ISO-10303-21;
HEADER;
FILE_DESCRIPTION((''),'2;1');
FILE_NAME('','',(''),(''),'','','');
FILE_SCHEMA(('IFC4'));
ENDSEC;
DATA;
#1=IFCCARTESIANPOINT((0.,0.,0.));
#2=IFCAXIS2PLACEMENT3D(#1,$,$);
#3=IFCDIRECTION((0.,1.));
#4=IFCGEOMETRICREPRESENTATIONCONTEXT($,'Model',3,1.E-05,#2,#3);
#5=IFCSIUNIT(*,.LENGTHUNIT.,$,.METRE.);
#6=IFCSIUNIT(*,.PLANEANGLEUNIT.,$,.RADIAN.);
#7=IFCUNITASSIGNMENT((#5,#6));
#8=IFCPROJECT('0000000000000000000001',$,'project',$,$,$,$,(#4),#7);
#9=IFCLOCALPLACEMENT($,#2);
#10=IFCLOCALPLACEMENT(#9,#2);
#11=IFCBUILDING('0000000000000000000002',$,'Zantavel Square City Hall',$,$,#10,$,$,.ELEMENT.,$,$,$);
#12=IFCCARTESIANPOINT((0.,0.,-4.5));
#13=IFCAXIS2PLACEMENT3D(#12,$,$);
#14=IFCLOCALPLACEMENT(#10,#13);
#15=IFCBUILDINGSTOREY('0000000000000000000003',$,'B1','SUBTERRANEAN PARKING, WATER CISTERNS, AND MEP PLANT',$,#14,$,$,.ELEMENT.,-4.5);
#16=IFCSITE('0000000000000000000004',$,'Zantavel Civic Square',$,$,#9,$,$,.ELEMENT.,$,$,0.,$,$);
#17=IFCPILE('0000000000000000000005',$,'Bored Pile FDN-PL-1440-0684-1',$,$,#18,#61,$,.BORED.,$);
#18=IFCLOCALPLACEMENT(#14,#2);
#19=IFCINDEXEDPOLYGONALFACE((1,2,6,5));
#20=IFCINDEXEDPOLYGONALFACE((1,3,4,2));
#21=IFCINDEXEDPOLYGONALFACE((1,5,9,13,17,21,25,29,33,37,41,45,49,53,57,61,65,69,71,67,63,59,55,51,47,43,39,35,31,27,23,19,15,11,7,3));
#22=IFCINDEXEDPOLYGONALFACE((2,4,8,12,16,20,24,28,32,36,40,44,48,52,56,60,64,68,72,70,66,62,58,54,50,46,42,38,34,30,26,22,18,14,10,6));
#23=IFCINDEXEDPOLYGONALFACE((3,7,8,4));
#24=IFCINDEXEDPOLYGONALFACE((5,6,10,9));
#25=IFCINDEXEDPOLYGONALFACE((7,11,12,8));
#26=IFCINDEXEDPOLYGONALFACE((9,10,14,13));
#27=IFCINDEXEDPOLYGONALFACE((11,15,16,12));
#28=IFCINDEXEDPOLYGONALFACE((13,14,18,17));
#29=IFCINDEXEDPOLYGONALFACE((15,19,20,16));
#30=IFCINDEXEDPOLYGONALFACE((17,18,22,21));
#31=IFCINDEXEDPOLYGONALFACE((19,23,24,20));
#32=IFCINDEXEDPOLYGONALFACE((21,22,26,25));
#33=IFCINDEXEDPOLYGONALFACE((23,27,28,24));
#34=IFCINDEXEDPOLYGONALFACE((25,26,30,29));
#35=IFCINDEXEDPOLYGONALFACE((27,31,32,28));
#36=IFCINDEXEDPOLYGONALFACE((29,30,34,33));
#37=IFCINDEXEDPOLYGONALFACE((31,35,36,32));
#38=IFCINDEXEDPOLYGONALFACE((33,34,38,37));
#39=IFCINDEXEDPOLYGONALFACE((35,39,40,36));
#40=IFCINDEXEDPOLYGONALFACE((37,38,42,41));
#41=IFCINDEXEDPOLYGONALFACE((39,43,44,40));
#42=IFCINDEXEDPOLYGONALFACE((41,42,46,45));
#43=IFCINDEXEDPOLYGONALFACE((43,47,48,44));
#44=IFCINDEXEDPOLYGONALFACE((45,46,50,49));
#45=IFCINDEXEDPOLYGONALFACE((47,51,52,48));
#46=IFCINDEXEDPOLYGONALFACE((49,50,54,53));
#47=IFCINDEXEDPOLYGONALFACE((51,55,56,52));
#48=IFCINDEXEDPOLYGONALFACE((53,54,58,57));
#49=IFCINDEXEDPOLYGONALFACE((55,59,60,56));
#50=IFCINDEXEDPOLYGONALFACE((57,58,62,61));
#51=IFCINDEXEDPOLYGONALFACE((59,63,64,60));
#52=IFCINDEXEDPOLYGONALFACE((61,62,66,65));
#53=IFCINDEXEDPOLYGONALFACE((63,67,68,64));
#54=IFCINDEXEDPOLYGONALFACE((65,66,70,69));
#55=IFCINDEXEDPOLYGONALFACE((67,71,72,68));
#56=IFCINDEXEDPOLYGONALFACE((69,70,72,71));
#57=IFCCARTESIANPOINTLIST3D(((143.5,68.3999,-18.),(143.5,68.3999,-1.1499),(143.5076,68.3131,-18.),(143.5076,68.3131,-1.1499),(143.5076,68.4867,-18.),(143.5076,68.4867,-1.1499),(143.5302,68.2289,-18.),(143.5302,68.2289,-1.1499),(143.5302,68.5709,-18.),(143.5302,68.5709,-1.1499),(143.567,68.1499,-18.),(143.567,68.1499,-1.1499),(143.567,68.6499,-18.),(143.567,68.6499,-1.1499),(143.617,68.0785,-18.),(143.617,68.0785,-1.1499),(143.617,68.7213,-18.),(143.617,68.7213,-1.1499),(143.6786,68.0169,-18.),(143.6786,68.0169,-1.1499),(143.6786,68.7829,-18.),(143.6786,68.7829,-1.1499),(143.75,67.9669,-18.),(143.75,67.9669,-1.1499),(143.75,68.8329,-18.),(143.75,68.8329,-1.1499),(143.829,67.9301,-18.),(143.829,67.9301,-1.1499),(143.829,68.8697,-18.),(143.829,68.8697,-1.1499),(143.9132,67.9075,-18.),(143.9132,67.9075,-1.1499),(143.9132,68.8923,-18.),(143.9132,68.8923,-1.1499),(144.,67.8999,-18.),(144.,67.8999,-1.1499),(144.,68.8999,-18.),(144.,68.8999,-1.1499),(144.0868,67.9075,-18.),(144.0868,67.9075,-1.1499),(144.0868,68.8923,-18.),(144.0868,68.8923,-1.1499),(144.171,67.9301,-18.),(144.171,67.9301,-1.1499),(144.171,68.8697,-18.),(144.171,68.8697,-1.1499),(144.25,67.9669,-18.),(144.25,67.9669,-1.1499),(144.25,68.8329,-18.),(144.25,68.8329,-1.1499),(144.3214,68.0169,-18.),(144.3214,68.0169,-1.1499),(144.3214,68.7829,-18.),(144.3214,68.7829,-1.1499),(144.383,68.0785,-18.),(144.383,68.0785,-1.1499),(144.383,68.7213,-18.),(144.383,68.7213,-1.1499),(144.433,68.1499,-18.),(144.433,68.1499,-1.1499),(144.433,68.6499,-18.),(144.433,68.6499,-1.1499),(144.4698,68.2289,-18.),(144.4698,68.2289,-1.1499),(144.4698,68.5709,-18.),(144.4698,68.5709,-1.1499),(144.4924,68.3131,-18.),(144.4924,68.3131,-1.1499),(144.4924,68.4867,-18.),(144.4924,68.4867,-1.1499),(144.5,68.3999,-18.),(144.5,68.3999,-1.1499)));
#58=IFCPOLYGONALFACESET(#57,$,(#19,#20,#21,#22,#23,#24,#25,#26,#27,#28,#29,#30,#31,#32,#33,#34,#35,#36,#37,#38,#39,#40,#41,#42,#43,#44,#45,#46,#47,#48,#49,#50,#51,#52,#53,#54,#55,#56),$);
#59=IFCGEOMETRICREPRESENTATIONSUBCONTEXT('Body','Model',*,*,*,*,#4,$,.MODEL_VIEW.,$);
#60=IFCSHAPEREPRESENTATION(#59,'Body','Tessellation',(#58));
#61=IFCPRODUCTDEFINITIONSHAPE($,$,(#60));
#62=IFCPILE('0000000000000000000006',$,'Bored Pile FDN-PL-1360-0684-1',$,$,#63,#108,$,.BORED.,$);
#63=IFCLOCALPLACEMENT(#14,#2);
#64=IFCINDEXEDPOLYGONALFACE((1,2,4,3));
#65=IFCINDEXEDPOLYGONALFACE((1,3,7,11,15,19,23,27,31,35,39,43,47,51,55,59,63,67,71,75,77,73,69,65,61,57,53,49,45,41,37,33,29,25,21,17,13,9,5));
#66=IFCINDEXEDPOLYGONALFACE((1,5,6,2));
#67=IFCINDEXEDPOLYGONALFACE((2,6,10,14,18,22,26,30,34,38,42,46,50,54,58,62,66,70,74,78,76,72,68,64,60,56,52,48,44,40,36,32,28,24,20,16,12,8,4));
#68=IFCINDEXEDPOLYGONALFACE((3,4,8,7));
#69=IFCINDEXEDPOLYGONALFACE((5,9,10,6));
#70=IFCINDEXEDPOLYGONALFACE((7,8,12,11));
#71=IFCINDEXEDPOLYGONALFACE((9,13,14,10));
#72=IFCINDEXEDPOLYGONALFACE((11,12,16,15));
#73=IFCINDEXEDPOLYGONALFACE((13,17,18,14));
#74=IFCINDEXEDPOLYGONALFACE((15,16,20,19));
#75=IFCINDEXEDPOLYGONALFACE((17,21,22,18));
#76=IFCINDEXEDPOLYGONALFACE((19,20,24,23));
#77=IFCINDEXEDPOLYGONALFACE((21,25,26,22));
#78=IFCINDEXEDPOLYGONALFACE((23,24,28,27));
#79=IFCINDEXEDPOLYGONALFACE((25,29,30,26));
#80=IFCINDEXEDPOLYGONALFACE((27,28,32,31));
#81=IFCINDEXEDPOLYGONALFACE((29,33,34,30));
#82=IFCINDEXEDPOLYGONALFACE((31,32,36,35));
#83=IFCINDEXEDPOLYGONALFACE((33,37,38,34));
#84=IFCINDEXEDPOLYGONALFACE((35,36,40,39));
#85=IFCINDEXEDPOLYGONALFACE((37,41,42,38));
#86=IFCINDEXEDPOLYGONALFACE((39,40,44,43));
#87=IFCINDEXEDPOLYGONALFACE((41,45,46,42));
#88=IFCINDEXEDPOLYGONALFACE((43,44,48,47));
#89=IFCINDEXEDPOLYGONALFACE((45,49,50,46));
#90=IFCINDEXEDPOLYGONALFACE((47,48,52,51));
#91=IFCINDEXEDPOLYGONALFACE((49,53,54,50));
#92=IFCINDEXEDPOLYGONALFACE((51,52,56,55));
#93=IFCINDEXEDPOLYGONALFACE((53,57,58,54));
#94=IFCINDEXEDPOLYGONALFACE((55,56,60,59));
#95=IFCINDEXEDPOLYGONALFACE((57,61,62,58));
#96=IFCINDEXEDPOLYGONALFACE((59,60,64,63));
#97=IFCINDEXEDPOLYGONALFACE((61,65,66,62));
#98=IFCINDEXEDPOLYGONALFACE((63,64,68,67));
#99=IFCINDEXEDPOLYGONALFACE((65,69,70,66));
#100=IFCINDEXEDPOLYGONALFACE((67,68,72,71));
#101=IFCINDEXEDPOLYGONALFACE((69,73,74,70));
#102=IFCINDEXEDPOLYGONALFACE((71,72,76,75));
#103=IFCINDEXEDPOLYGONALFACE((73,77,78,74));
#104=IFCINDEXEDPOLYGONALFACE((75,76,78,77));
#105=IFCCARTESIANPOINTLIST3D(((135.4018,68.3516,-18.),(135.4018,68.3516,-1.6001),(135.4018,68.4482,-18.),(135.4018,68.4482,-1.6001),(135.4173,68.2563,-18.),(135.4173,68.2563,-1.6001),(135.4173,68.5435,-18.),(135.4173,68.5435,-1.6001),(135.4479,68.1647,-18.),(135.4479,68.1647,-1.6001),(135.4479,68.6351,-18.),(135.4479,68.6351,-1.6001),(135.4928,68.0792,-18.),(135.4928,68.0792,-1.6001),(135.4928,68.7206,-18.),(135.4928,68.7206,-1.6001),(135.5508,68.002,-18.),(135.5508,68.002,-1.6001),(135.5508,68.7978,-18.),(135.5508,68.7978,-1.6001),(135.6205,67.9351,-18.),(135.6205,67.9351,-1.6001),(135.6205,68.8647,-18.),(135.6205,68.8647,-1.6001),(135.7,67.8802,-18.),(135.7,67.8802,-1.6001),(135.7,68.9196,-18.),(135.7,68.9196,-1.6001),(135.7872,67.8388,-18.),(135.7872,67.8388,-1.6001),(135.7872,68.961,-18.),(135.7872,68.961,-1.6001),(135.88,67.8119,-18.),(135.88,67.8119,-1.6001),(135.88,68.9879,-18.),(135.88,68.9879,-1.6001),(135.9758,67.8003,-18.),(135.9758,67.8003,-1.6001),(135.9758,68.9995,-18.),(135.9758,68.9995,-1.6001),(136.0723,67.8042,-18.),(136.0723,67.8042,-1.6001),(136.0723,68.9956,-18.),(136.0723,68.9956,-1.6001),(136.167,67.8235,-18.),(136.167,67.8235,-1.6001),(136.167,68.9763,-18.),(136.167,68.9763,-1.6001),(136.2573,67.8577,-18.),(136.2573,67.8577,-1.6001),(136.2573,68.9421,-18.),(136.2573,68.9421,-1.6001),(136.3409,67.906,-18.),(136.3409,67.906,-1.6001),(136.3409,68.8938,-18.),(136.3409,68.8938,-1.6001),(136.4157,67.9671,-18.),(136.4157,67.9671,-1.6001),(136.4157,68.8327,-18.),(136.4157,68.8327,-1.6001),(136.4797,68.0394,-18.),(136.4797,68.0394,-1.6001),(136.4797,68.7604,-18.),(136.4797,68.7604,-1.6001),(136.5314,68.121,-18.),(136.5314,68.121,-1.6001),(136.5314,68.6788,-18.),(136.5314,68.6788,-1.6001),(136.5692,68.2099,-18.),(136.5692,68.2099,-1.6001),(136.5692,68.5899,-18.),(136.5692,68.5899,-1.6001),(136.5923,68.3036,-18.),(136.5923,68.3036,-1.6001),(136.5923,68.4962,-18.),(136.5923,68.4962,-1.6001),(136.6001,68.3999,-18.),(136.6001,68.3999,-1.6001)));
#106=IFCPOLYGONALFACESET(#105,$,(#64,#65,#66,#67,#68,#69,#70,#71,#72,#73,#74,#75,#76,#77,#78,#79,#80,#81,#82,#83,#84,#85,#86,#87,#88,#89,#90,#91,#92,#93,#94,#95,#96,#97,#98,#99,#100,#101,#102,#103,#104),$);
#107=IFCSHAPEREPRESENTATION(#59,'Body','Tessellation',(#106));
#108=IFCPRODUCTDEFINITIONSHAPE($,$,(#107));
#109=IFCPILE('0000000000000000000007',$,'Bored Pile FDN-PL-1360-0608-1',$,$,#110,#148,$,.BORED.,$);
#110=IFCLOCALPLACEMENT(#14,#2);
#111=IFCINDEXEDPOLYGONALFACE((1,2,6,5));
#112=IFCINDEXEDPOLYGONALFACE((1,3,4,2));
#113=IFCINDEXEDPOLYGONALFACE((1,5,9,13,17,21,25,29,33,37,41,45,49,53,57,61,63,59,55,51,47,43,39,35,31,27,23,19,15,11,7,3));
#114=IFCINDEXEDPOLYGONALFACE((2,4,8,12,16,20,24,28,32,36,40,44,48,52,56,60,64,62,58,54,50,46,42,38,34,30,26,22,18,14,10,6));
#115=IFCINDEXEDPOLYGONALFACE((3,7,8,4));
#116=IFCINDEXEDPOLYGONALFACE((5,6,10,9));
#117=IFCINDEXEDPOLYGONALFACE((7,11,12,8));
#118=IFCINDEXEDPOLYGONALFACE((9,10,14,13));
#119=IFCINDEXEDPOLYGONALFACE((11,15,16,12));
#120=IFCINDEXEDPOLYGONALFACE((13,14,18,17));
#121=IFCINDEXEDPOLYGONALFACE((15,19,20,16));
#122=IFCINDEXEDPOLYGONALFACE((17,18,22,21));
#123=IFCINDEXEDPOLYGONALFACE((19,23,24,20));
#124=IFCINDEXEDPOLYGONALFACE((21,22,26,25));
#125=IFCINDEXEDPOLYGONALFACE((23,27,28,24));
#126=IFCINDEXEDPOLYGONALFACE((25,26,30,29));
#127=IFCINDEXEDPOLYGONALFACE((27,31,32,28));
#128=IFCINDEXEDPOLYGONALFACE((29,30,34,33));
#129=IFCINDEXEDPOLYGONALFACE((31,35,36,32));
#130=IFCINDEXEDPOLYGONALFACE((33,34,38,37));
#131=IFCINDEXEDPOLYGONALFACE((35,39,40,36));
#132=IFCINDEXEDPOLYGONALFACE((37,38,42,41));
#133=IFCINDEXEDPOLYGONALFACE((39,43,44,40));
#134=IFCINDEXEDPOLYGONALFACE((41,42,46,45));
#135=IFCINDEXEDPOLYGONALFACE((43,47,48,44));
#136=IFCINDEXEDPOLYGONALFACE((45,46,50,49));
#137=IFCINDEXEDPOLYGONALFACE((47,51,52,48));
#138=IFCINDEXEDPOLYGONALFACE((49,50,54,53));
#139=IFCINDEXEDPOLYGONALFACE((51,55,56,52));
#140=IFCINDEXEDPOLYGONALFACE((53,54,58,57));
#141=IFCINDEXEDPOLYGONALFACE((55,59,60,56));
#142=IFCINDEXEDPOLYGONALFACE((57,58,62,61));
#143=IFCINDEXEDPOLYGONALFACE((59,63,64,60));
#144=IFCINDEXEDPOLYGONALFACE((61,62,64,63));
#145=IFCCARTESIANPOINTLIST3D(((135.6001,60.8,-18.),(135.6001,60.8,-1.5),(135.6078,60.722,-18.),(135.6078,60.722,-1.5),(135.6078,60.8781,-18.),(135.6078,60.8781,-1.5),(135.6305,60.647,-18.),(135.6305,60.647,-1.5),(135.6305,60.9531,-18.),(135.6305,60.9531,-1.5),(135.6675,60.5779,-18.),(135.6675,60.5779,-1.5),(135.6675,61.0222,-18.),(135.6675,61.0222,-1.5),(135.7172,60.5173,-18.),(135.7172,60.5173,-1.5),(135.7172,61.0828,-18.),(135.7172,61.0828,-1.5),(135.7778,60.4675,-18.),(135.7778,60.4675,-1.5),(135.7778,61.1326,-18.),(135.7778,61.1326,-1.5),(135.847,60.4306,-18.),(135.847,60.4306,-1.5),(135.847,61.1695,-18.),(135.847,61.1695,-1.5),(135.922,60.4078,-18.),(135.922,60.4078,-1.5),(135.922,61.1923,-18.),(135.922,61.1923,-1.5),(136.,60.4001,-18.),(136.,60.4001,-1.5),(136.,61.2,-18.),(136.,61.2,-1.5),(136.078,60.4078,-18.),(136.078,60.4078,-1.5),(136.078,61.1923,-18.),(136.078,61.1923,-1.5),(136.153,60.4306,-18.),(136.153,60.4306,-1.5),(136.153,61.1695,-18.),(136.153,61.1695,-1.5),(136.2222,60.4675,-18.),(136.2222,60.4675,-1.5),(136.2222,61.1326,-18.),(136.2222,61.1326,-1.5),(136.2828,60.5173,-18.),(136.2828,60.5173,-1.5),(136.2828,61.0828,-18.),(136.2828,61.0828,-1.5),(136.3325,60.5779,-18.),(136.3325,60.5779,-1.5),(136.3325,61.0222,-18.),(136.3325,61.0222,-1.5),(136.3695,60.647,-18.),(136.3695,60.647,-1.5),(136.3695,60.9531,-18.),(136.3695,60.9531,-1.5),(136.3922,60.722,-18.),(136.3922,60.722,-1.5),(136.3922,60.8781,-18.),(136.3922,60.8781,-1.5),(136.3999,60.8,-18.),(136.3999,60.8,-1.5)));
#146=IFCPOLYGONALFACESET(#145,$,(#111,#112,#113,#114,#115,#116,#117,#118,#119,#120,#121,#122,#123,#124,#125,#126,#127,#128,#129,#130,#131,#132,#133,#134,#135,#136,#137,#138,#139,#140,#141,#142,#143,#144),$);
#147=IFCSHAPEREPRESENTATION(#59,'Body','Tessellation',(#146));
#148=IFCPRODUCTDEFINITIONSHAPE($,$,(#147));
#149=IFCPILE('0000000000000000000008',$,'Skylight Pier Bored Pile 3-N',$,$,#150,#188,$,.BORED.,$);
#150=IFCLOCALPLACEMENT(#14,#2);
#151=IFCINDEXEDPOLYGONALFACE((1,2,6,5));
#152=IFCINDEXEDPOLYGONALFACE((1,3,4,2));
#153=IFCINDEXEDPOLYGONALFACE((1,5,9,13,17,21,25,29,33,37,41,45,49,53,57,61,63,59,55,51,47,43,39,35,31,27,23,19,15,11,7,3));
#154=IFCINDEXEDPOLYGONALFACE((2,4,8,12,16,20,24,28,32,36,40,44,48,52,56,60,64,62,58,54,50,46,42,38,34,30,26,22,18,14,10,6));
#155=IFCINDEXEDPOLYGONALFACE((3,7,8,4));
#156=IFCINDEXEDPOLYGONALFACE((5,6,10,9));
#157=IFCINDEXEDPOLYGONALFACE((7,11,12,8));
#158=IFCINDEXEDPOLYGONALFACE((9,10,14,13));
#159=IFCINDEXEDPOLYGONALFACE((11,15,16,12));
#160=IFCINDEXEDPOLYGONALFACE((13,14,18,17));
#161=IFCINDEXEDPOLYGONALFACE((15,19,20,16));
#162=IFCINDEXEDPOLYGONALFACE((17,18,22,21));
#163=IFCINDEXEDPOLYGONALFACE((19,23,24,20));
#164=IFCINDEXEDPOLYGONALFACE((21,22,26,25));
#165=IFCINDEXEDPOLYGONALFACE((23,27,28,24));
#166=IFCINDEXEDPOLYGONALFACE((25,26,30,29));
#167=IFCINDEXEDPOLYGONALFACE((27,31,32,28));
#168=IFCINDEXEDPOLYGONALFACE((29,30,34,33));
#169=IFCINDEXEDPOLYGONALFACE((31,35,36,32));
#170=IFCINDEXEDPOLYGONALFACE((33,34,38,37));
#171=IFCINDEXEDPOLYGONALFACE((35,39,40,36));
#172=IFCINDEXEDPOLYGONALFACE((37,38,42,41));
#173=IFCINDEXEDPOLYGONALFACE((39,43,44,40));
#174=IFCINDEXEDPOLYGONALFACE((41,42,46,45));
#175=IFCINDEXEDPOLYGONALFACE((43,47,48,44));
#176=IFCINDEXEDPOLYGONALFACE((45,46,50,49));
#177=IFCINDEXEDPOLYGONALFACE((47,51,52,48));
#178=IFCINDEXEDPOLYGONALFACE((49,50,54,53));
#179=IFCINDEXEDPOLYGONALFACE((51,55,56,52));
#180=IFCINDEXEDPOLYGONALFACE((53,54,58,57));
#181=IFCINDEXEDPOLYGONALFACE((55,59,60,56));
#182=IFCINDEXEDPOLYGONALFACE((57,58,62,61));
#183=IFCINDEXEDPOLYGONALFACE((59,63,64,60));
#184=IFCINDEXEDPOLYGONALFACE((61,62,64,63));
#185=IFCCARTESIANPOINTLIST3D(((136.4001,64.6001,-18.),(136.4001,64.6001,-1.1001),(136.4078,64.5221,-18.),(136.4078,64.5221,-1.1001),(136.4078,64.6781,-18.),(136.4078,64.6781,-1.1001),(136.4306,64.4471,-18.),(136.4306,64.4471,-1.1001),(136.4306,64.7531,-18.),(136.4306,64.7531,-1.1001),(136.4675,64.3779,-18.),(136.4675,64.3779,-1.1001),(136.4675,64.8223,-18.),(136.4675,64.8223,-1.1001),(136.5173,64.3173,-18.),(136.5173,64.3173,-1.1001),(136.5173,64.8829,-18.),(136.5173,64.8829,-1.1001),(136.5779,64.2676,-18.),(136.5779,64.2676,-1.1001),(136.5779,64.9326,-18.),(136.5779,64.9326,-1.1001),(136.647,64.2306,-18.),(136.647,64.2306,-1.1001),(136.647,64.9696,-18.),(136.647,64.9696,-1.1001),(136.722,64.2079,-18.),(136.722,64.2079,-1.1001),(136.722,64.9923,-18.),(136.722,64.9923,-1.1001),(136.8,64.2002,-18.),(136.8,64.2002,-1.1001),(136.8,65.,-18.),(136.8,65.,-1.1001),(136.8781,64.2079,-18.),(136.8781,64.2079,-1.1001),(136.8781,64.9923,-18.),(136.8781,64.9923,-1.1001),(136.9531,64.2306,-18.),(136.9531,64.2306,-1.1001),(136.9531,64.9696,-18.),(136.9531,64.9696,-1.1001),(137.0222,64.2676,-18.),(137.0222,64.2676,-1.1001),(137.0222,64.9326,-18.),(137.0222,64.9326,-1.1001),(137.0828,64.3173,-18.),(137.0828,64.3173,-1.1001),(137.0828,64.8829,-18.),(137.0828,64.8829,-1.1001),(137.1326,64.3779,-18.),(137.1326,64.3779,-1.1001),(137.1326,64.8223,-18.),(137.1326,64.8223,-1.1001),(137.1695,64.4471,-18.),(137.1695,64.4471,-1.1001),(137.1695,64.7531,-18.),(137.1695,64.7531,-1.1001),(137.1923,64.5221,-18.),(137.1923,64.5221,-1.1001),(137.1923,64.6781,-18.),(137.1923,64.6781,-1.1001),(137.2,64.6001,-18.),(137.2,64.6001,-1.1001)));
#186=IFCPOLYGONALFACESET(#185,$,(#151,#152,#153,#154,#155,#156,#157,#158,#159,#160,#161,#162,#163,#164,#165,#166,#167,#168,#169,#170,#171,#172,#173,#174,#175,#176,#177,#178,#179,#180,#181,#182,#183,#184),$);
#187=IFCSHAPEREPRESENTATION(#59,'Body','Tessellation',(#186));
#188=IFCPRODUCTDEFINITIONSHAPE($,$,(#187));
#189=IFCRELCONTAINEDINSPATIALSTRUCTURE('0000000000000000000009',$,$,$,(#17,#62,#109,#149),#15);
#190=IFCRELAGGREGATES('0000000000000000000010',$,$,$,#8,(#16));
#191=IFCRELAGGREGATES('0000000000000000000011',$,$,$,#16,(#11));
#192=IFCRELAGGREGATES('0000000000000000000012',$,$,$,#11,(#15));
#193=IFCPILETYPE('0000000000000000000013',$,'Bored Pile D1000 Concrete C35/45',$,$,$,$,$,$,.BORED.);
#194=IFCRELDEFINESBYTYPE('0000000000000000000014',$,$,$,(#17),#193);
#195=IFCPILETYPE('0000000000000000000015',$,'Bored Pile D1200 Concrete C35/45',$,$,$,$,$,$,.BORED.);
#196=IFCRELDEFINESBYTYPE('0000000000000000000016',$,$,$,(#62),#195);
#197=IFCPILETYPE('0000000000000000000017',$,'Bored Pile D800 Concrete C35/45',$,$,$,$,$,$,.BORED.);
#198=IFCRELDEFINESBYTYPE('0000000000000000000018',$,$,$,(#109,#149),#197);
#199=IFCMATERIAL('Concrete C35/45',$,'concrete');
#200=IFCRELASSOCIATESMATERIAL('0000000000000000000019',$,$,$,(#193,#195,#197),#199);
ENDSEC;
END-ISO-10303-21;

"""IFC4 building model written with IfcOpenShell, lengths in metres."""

from ifc_helpers import new_model, si_unit, direction, frame, origin, origin_2d, place, context, subcontext, project, spatial, circle, extrude, material, material_profile, profile_set, type_object, element, save


model = new_model("IFC4")

# Units and contexts
model_context = context("Model", 3, precision=1e-05, world=origin(), true_north=direction((0.0, 1.0)))
body_context = subcontext(model_context, "Body", "Model", "MODEL_VIEW")
ifc_project = project(units=[si_unit("LENGTHUNIT", "METRE"), si_unit("PLANEANGLEUNIT", "RADIAN")], contexts=[model_context])

# Site, building, storey
site_placement = place(None, origin())
site = spatial("IfcSite", under=ifc_project, at=site_placement, Name="Zantavel Civic Square", CompositionType="ELEMENT", RefElevation=0.0)
building_placement = place(site_placement, origin())
building = spatial("IfcBuilding", under=site, at=building_placement, Name="Zantavel Square City Hall", CompositionType="ELEMENT")
storey_placement = place(building_placement, frame((0.0, 0.0, -4.5)))
storey = spatial("IfcBuildingStorey", under=building, at=storey_placement, Name="B1", Description="SUBTERRANEAN PARKING, WATER CISTERNS, AND MEP PLANT", CompositionType="ELEMENT", Elevation=-4.5)

# Piles
ifc_material_1 = material(Name="Concrete C35/45", Category="concrete")
ifc_material_profile_1 = material_profile(ifc_material_1, circle(Radius=0.5, at=origin_2d()), Name="PILE D1000")
ifc_profile_set_1 = profile_set([ifc_material_profile_1], Name="Concrete C35/45")
pile_type_1 = type_object("IfcPileType", Name="Bored Pile D1000 Concrete C35/45", PredefinedType="BORED", material=ifc_profile_set_1)
pile_1_placement = place(storey_placement, frame((144.0, 68.3999, -1.1499), z_axis=(0.0, 0.0, -1.0), x_axis=(1.0, 0.0, 0.0)))
element("IfcPile", 1, at=pile_1_placement, inside=storey, type_object=pile_type_1, Name="Bored Pile FDN-PL-1440-0684-1", PredefinedType="BORED", context=body_context, shape_type="SweptSolid", body=[
    extrude(circle(Radius=0.5, at=origin_2d()), origin(), (0.0, 0.0, 1.0), 16.8501),
])
ifc_material_profile_2 = material_profile(ifc_material_1, circle(Radius=0.6001, at=origin_2d()), Name="PILE D1200")
ifc_profile_set_2 = profile_set([ifc_material_profile_2], Name="Concrete C35/45")
pile_type_2 = type_object("IfcPileType", Name="Bored Pile D1200 Concrete C35/45", PredefinedType="BORED", material=ifc_profile_set_2)
pile_2_placement = place(storey_placement, frame((136.0, 68.3999, -1.6001), z_axis=(0.0, 0.0, -1.0), x_axis=(1.0, 0.0, 0.0)))
element("IfcPile", 2, at=pile_2_placement, inside=storey, type_object=pile_type_2, Name="Bored Pile FDN-PL-1360-0684-1", PredefinedType="BORED", context=body_context, shape_type="SweptSolid", body=[
    extrude(circle(Radius=0.6001, at=origin_2d()), origin(), (0.0, 0.0, 1.0), 16.3999),
])
ifc_material_profile_3 = material_profile(ifc_material_1, circle(Radius=0.3999, at=origin_2d()), Name="PILE D800")
ifc_profile_set_3 = profile_set([ifc_material_profile_3], Name="Concrete C35/45")
pile_type_3 = type_object("IfcPileType", Name="Bored Pile D800 Concrete C35/45", PredefinedType="BORED", material=ifc_profile_set_3)
pile_3_placement = place(storey_placement, frame((136.0, 60.8, -1.5), z_axis=(0.0, 0.0, -1.0), x_axis=(1.0, 0.0, 0.0)))
element("IfcPile", 3, at=pile_3_placement, inside=storey, type_object=pile_type_3, Name="Bored Pile FDN-PL-1360-0608-1", PredefinedType="BORED", context=body_context, shape_type="SweptSolid", body=[
    extrude(circle(Radius=0.3999, at=origin_2d()), origin(), (0.0, 0.0, 1.0), 16.5),
])
for number, where, z_axis, x_axis, name in (
    (4, (136.8, 64.6001, -1.1001), (0.0, 0.0, -1.0), (1.0, 0.0, 0.0), "Skylight Pier Bored Pile 3-N"),
):
    element("IfcPile", number, at=place(storey_placement, frame(where, z_axis=z_axis, x_axis=x_axis)), inside=storey, type_object=pile_type_3, Name=name, PredefinedType="BORED", context=body_context, shape_type="SweptSolid", body=[
        extrude(circle(Radius=0.3999, at=origin_2d()), origin(), (0.0, 0.0, 1.0), 16.8999),
    ])

save(model, "model.ifc")
